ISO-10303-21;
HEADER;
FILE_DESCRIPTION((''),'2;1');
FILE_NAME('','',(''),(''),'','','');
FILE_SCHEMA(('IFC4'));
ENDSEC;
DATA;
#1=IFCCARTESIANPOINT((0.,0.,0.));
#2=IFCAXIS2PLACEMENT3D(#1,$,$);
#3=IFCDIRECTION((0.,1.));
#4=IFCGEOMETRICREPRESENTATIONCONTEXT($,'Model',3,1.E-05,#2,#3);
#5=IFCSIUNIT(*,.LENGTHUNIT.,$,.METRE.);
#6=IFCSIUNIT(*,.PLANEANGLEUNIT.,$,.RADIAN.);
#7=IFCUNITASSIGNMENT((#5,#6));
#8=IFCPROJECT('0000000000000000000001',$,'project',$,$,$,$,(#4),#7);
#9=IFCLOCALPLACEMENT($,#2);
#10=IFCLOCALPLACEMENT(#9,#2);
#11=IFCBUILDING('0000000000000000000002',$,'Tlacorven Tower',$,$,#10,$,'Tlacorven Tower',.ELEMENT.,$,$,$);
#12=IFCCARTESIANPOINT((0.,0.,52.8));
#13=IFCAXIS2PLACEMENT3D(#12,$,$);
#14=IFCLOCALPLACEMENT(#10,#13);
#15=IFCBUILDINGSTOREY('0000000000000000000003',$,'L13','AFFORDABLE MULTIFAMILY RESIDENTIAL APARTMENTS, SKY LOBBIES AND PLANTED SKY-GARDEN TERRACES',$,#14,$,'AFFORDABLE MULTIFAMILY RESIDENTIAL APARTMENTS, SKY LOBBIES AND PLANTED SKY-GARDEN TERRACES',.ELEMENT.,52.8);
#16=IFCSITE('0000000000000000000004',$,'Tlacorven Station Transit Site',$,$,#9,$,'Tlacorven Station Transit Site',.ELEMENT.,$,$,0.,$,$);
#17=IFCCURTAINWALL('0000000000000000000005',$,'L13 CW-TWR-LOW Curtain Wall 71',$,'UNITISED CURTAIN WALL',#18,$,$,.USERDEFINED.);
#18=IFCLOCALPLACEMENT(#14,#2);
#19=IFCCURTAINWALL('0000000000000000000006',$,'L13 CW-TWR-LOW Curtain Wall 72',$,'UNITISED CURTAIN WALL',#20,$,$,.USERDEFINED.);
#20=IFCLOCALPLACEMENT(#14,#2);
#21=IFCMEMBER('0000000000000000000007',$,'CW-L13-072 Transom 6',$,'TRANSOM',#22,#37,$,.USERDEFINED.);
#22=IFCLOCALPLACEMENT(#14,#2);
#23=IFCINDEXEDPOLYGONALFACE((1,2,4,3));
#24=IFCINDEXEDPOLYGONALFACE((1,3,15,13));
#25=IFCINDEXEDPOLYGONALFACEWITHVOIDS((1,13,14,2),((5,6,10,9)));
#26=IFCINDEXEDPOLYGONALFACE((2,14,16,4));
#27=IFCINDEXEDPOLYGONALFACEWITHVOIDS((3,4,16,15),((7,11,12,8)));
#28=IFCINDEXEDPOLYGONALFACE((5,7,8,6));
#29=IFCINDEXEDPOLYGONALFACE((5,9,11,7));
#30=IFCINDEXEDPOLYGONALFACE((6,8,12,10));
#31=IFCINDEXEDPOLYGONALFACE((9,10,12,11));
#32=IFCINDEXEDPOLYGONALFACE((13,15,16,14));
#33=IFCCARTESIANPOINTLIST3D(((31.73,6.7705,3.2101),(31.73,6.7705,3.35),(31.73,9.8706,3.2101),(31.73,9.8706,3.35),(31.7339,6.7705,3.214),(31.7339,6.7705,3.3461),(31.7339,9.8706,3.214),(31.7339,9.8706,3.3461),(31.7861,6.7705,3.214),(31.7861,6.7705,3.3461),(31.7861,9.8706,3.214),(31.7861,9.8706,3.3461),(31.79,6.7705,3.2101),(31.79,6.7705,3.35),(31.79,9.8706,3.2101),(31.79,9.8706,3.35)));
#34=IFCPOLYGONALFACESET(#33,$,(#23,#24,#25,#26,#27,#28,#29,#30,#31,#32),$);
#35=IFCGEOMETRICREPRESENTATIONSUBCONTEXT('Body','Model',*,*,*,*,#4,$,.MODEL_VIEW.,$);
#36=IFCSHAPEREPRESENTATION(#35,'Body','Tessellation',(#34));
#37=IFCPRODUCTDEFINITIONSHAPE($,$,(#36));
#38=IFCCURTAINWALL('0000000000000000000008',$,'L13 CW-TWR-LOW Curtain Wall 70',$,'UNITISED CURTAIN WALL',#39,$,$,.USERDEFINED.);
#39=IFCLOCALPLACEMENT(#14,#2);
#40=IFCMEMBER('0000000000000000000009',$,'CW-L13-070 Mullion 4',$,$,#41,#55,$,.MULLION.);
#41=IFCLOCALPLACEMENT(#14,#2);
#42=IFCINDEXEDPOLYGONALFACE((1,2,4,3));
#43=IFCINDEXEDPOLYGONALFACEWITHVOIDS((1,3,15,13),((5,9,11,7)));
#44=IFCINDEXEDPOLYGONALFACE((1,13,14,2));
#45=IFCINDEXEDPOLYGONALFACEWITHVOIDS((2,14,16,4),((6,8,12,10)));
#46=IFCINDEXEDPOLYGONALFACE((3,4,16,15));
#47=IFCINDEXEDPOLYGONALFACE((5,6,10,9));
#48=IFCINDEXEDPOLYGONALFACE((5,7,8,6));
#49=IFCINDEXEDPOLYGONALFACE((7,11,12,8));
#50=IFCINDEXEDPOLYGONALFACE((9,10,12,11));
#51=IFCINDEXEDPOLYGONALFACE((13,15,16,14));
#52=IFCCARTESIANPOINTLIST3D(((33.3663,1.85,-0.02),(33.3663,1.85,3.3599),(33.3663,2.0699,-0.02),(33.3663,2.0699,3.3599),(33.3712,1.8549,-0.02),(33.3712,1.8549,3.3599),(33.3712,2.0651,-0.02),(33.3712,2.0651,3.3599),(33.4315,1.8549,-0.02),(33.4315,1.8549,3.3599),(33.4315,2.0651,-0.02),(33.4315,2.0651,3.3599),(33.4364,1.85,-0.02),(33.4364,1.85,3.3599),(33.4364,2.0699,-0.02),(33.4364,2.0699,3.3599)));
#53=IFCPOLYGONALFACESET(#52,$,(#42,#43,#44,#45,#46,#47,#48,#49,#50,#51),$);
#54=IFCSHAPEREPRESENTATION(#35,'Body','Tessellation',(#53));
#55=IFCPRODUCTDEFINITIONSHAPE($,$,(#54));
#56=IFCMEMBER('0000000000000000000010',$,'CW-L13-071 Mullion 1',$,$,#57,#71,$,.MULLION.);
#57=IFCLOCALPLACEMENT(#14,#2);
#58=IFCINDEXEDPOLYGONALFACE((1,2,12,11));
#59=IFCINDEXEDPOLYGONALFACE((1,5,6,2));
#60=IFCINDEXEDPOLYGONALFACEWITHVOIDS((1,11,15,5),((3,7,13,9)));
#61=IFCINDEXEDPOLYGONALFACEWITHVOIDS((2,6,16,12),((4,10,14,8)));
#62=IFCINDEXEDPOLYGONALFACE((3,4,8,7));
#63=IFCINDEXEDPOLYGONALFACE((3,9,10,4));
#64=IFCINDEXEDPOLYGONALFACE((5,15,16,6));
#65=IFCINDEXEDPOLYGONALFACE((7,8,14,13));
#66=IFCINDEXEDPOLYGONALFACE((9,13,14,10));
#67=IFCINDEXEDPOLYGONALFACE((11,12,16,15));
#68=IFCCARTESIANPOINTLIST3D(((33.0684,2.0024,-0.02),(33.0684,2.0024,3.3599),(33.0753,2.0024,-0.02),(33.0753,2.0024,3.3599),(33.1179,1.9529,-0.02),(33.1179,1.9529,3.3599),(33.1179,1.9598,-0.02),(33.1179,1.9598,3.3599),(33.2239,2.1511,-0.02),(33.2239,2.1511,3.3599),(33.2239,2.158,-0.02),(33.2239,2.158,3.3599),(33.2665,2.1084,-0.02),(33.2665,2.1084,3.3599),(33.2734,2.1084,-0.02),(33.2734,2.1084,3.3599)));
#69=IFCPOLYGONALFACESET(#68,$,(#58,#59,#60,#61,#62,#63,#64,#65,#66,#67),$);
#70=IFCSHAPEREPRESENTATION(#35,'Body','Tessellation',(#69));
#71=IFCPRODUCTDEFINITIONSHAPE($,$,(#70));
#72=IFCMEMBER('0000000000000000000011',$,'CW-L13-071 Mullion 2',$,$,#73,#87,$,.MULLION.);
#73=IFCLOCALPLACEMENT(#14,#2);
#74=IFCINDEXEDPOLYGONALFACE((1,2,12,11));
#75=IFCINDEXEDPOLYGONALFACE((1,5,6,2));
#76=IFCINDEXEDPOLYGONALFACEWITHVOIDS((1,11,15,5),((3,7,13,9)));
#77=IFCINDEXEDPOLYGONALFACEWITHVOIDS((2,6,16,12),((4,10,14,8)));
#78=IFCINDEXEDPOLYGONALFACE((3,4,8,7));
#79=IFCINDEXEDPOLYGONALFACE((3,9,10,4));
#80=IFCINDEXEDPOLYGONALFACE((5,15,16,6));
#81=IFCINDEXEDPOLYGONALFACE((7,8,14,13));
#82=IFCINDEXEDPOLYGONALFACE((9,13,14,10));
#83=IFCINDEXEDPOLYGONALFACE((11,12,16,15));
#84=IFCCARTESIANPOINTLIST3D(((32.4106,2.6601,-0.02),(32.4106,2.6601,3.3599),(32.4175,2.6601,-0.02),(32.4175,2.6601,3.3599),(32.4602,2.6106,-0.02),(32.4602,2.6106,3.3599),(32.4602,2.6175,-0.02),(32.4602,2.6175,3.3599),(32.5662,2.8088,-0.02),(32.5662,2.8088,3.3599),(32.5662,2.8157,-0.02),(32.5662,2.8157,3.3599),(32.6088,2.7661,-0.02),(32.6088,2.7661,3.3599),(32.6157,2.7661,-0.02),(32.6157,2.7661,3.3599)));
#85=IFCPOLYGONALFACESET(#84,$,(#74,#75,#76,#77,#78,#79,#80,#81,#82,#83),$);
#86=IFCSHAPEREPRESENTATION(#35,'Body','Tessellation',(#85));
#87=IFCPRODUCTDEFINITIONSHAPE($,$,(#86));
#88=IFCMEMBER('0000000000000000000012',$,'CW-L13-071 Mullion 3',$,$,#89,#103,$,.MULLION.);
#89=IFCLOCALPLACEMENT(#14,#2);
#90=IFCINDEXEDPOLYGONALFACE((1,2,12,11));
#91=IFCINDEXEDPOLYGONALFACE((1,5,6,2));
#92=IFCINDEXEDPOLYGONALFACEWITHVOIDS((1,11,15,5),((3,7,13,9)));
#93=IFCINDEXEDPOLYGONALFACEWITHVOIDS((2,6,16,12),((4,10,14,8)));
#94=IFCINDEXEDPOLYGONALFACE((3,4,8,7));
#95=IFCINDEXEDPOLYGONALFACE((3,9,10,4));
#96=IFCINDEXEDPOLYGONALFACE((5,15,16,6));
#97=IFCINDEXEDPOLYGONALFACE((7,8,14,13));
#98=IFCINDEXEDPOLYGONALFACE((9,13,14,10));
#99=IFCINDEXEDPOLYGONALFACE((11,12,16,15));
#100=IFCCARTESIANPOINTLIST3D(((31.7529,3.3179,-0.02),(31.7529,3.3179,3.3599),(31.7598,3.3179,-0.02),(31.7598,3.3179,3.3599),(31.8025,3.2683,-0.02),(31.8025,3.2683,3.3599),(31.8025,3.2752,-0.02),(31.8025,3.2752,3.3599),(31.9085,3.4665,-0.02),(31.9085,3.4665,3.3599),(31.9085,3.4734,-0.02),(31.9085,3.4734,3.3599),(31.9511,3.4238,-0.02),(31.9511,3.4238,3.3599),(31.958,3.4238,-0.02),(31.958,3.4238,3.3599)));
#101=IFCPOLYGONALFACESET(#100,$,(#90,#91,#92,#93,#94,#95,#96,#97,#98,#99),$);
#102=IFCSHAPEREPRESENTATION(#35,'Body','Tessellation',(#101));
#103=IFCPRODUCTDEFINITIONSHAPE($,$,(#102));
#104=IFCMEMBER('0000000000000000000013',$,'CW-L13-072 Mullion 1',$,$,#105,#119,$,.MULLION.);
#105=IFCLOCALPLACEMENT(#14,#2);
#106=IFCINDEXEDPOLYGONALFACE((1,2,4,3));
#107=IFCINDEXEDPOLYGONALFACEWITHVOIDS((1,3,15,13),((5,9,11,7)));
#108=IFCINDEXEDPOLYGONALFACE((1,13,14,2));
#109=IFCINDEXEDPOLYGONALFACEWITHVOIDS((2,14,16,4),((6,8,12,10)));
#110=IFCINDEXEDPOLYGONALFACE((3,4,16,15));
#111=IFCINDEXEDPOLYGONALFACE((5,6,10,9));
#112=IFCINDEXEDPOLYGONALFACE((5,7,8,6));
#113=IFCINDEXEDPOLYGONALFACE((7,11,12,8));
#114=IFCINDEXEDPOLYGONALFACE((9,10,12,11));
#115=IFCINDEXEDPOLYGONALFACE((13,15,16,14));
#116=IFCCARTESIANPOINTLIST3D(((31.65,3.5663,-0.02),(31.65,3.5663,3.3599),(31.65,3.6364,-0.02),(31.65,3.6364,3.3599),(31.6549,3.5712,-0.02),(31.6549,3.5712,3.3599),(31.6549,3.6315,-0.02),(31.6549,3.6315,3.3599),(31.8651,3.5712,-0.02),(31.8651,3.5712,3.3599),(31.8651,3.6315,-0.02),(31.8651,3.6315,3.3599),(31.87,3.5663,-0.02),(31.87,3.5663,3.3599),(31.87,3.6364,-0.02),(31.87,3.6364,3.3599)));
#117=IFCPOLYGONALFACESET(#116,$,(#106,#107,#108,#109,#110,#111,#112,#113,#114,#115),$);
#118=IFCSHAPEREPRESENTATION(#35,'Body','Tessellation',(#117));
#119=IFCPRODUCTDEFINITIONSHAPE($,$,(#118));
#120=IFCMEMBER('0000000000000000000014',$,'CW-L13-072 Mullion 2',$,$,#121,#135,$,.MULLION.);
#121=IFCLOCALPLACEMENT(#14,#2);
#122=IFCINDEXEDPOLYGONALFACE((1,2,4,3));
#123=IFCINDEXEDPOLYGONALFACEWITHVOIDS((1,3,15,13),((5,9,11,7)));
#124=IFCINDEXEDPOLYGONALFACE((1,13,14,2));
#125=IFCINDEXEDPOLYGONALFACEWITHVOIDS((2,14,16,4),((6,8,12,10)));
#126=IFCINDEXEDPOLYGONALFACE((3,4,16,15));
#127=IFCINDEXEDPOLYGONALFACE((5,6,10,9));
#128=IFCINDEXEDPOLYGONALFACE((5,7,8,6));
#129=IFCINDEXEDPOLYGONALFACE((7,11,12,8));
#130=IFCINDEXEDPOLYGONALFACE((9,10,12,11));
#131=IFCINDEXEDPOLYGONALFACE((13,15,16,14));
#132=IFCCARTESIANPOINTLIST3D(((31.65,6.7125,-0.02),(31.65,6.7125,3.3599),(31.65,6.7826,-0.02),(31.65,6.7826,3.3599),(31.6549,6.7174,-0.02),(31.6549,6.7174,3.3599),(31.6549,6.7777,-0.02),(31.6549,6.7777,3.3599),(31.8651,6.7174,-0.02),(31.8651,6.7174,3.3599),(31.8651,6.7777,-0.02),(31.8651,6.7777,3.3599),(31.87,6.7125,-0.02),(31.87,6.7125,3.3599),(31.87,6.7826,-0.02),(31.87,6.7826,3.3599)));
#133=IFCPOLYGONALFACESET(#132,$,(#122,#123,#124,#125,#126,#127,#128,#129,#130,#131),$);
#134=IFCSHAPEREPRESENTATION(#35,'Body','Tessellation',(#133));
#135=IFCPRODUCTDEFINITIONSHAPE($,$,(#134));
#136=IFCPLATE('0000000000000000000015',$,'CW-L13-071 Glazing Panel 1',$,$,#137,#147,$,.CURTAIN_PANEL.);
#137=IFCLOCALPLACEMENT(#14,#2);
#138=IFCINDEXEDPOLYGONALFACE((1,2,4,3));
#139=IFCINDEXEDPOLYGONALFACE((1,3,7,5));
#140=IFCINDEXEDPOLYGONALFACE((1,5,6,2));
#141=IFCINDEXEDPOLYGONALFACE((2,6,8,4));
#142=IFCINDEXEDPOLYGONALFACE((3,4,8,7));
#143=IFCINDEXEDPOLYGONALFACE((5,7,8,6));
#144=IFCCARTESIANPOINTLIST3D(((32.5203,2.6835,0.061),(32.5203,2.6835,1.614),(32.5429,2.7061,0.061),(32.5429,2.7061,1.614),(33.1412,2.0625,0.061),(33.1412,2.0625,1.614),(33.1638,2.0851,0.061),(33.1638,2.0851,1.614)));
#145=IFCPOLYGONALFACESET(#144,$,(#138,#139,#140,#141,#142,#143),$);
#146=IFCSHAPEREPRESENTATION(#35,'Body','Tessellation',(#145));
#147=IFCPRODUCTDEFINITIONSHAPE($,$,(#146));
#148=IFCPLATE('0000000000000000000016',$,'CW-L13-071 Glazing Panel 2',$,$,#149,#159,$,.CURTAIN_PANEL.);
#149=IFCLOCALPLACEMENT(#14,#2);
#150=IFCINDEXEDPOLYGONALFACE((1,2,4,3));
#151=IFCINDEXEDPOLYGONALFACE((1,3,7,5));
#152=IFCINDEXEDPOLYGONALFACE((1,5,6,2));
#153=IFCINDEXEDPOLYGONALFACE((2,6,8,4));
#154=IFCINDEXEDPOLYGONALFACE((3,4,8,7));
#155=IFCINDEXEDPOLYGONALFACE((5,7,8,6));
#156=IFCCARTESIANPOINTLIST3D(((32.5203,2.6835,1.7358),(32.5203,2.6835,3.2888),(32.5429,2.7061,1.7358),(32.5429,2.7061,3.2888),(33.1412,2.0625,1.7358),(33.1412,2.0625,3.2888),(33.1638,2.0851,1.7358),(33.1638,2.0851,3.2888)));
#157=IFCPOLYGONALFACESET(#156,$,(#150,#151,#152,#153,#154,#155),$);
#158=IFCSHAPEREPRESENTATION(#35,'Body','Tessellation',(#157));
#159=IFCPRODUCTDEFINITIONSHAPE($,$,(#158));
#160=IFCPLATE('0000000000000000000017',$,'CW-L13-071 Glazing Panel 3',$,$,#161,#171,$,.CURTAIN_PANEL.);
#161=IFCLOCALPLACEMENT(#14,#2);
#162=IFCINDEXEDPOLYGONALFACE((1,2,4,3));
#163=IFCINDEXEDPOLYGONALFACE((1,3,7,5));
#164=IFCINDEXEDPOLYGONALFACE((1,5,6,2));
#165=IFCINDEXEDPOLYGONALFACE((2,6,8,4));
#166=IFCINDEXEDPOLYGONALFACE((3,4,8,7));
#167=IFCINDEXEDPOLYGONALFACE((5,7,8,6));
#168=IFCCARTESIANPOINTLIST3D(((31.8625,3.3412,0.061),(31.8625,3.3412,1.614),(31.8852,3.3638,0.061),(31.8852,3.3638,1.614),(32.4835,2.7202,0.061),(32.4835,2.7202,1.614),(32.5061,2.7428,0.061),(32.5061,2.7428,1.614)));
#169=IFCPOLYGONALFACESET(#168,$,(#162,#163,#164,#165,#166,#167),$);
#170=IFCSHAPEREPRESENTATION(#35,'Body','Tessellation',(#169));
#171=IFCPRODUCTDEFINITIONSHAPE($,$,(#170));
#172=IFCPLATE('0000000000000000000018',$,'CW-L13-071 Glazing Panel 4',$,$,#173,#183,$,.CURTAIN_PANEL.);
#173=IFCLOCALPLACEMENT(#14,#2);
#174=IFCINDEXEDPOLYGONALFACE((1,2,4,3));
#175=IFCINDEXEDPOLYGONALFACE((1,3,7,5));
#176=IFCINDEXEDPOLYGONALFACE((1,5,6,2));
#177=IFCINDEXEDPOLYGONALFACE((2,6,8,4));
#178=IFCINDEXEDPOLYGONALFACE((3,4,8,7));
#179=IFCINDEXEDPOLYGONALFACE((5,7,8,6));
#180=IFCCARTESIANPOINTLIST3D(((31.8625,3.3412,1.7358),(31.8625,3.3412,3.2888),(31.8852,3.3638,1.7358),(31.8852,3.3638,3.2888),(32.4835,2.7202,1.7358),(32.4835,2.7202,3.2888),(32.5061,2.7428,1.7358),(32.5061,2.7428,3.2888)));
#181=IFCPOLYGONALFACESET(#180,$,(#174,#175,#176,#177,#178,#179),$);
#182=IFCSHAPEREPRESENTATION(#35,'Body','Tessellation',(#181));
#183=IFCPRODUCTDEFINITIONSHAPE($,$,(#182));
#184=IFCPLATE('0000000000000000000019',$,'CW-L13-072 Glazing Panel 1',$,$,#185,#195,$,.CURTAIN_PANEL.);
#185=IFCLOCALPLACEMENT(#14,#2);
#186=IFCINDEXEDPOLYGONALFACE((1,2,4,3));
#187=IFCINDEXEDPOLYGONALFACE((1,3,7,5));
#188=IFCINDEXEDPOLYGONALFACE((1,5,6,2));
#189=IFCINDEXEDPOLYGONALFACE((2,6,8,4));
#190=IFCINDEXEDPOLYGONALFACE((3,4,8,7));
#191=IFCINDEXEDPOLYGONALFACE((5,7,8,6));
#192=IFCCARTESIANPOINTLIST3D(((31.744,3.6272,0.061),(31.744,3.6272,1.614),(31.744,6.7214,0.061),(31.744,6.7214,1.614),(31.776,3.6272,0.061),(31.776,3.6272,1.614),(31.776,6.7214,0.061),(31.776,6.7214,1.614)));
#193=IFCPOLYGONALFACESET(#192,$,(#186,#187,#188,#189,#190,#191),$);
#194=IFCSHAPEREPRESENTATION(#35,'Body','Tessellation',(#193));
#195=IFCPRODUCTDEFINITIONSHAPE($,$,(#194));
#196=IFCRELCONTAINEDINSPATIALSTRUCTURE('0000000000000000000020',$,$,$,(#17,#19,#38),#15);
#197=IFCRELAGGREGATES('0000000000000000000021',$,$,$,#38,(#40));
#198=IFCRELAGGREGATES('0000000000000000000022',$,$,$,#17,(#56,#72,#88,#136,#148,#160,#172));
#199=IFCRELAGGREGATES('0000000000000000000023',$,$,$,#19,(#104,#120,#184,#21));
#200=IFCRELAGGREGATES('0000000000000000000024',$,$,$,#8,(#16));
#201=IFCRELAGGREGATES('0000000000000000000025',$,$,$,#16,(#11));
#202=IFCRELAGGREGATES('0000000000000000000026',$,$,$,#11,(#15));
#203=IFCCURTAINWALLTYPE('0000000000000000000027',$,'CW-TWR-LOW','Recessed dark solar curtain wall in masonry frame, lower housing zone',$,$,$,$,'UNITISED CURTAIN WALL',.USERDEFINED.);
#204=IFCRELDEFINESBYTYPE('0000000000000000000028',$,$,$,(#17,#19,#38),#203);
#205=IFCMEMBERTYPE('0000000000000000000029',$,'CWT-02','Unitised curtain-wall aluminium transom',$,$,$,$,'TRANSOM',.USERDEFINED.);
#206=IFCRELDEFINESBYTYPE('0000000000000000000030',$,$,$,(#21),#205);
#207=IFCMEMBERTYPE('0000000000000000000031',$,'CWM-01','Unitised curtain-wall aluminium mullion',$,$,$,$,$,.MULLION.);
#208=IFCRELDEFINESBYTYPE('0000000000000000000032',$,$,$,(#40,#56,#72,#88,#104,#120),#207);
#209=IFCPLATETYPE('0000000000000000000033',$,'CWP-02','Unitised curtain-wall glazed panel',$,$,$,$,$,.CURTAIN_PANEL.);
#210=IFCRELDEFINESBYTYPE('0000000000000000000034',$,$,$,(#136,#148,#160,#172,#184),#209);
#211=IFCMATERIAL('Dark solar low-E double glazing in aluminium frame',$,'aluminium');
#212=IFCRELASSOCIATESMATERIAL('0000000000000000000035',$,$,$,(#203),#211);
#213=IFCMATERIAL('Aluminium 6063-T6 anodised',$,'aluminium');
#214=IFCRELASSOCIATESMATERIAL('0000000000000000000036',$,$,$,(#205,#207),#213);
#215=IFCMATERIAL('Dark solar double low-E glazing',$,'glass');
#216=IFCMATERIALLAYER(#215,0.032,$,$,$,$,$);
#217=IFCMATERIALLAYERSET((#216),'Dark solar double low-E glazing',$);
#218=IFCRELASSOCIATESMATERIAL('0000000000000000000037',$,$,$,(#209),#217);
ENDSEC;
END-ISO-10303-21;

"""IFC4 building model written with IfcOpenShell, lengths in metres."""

from ifc_helpers import new_model, si_unit, direction, frame, origin, origin_2d, place, context, subcontext, project, spatial, rectangle, hollow_rectangle, extrude, source, transform, mapped, material, layer, layer_set, material_profile, profile_set, type_object, element, aggregate, save


model = new_model("IFC4")

# Units and contexts
model_context = context("Model", 3, precision=1e-05, world=origin(), true_north=direction((0.0, 1.0)))
body_context = subcontext(model_context, "Body", "Model", "MODEL_VIEW")
ifc_project = project(units=[si_unit("LENGTHUNIT", "METRE"), si_unit("PLANEANGLEUNIT", "RADIAN")], contexts=[model_context])

# Site, building, storey
site_placement = place(None, origin())
site = spatial("IfcSite", under=ifc_project, at=site_placement, Name="Tlacorven Station Transit Site", LongName="Tlacorven Station Transit Site", CompositionType="ELEMENT", RefElevation=0.0)
building_placement = place(site_placement, origin())
building = spatial("IfcBuilding", under=site, at=building_placement, Name="Tlacorven Tower", LongName="Tlacorven Tower", CompositionType="ELEMENT")
storey_placement = place(building_placement, frame((0.0, 0.0, 52.8)))
storey = spatial("IfcBuildingStorey", under=building, at=storey_placement, Name="L13", Description="AFFORDABLE MULTIFAMILY RESIDENTIAL APARTMENTS, SKY LOBBIES AND PLANTED SKY-GARDEN TERRACES", LongName="AFFORDABLE MULTIFAMILY RESIDENTIAL APARTMENTS, SKY LOBBIES AND PLANTED SKY-GARDEN TERRACES", CompositionType="ELEMENT", Elevation=52.8)

# Curtain walls, member
ifc_material_1 = material(Name="Dark solar low-E double glazing in aluminium frame", Category="aluminium")
curtain_wall_type = type_object("IfcCurtainWallType", Name="CW-TWR-LOW", Description="Recessed dark solar curtain wall in masonry frame, lower housing zone", ElementType="UNITISED CURTAIN WALL", PredefinedType="USERDEFINED", material=ifc_material_1)
curtain_wall_1_placement = place(storey_placement, origin())
curtain_wall_1 = element("IfcCurtainWall", 1, at=curtain_wall_1_placement, inside=storey, type_object=curtain_wall_type, Name="L13 CW-TWR-LOW Curtain Wall 71", ObjectType="UNITISED CURTAIN WALL", PredefinedType="USERDEFINED")
ifc_material_2 = material(Name="Aluminium 6063-T6 anodised", Category="aluminium")
ifc_material_profile_1 = material_profile(ifc_material_2, hollow_rectangle(XDim=0.0601, YDim=0.1399, WallThickness=0.0039, at=origin_2d()), Name="ALU TRANSOM 60X140")
ifc_profile_set_1 = profile_set([ifc_material_profile_1], Name="Aluminium 6063-T6 anodised")
member_type_1 = type_object("IfcMemberType", Name="CWT-02", Description="Unitised curtain-wall aluminium transom", ElementType="TRANSOM", PredefinedType="USERDEFINED", material=ifc_profile_set_1)
curtain_wall_2_placement = place(storey_placement, origin())
curtain_wall_2 = element("IfcCurtainWall", 2, at=curtain_wall_2_placement, inside=storey, type_object=curtain_wall_type, Name="L13 CW-TWR-LOW Curtain Wall 72", ObjectType="UNITISED CURTAIN WALL", PredefinedType="USERDEFINED")
shared_shape_1 = source(origin(), body_context, "Body", "SweptSolid", [
    extrude(hollow_rectangle(XDim=0.0601, YDim=0.1399, WallThickness=0.0039, at=origin_2d()), origin(), (0.0, 0.0, 1.0), 3.1001),
])
member_1_placement = place(storey_placement, frame((31.76, 6.7705, 3.28), z_axis=(0.0, 1.0, 0.0), x_axis=(-1.0, 0.0, 0.0)))
member_1 = element("IfcMember", 3, at=member_1_placement, type_object=member_type_1, Name="CW-L13-072 Transom 6", ObjectType="TRANSOM", PredefinedType="USERDEFINED", context=body_context, shape_type="MappedRepresentation", body=[
    mapped(shared_shape_1, transform((0.0, 0.0, 0.0), scale=1.0)),
])

# Curtain wall, member
curtain_wall_3_placement = place(storey_placement, origin())
curtain_wall_3 = element("IfcCurtainWall", 4, at=curtain_wall_3_placement, inside=storey, type_object=curtain_wall_type, Name="L13 CW-TWR-LOW Curtain Wall 70", ObjectType="UNITISED CURTAIN WALL", PredefinedType="USERDEFINED")
ifc_material_profile_2 = material_profile(ifc_material_2, hollow_rectangle(XDim=0.0701, YDim=0.22, WallThickness=0.0049, at=origin_2d()), Name="ALU MULLION 70X220")
ifc_profile_set_2 = profile_set([ifc_material_profile_2], Name="Aluminium 6063-T6 anodised")
member_type_2 = type_object("IfcMemberType", Name="CWM-01", Description="Unitised curtain-wall aluminium mullion", PredefinedType="MULLION", material=ifc_profile_set_2)
shared_shape_2 = source(origin(), body_context, "Body", "SweptSolid", [
    extrude(hollow_rectangle(XDim=0.0701, YDim=0.22, WallThickness=0.0049, at=origin_2d()), origin(), (0.0, 0.0, 1.0), 3.3799),
])
member_2_placement = place(storey_placement, frame((33.4014, 1.96, -0.02), z_axis=(0.0, 0.0, 1.0), x_axis=(-1.0, 0.0, 0.0)))
member_2 = element("IfcMember", 5, at=member_2_placement, type_object=member_type_2, Name="CW-L13-070 Mullion 4", PredefinedType="MULLION", context=body_context, shape_type="MappedRepresentation", body=[
    mapped(shared_shape_2, transform((0.0, 0.0, 0.0), scale=1.0)),
])
aggregate(curtain_wall_3, [member_2])

# Members
member_3_placement = place(storey_placement, frame((33.1709, 2.0554, -0.02), z_axis=(0.0, 0.0, 1.0), x_axis=(-0.707107, 0.707107, 0.0)))
member_3 = element("IfcMember", 6, at=member_3_placement, type_object=member_type_2, Name="CW-L13-071 Mullion 1", PredefinedType="MULLION", context=body_context, shape_type="MappedRepresentation", body=[
    mapped(shared_shape_2, transform((0.0, 0.0, 0.0), scale=1.0)),
])
member_4_placement = place(storey_placement, frame((32.5132, 2.7131, -0.02), z_axis=(0.0, 0.0, 1.0), x_axis=(-0.707107, 0.707107, 0.0)))
member_4 = element("IfcMember", 7, at=member_4_placement, type_object=member_type_2, Name="CW-L13-071 Mullion 2", PredefinedType="MULLION", context=body_context, shape_type="MappedRepresentation", body=[
    mapped(shared_shape_2, transform((0.0, 0.0, 0.0), scale=1.0)),
])
member_5_placement = place(storey_placement, frame((31.8555, 3.3708, -0.02), z_axis=(0.0, 0.0, 1.0), x_axis=(-0.707107, 0.707107, 0.0)))
member_5 = element("IfcMember", 8, at=member_5_placement, type_object=member_type_2, Name="CW-L13-071 Mullion 3", PredefinedType="MULLION", context=body_context, shape_type="MappedRepresentation", body=[
    mapped(shared_shape_2, transform((0.0, 0.0, 0.0), scale=1.0)),
])
member_6_placement = place(storey_placement, frame((31.76, 3.6013, -0.02), z_axis=(0.0, 0.0, 1.0), x_axis=(0.0, 1.0, 0.0)))
member_6 = element("IfcMember", 9, at=member_6_placement, type_object=member_type_2, Name="CW-L13-072 Mullion 1", PredefinedType="MULLION", context=body_context, shape_type="MappedRepresentation", body=[
    mapped(shared_shape_2, transform((0.0, 0.0, 0.0), scale=1.0)),
])
member_7_placement = place(storey_placement, frame((31.76, 6.7476, -0.02), z_axis=(0.0, 0.0, 1.0), x_axis=(0.0, 1.0, 0.0)))
member_7 = element("IfcMember", 10, at=member_7_placement, type_object=member_type_2, Name="CW-L13-072 Mullion 2", PredefinedType="MULLION", context=body_context, shape_type="MappedRepresentation", body=[
    mapped(shared_shape_2, transform((0.0, 0.0, 0.0), scale=1.0)),
])

# Plates
ifc_material_3 = material(Name="Dark solar double low-E glazing", Category="glass")
ifc_layer = layer(ifc_material_3, 0.032)
ifc_layer_set = layer_set([ifc_layer], Name="Dark solar double low-E glazing")
plate_type = type_object("IfcPlateType", Name="CWP-02", Description="Unitised curtain-wall glazed panel", PredefinedType="CURTAIN_PANEL", material=ifc_layer_set)
shared_shape_3 = source(origin(), body_context, "Body", "SweptSolid", [
    extrude(rectangle(XDim=0.8782, YDim=0.032, at=origin_2d()), origin(), (0.0, 0.0, 1.0), 1.553),
])
plate_1_placement = place(storey_placement, frame((32.842, 2.3843, 0.061), z_axis=(0.0, 0.0, 1.0), x_axis=(-0.707107, 0.707107, 0.0)))
plate_1 = element("IfcPlate", 11, at=plate_1_placement, type_object=plate_type, Name="CW-L13-071 Glazing Panel 1", PredefinedType="CURTAIN_PANEL", context=body_context, shape_type="MappedRepresentation", body=[
    mapped(shared_shape_3, transform((0.0, 0.0, 0.0), scale=1.0)),
])
plate_2_placement = place(storey_placement, frame((32.842, 2.3843, 1.7358), z_axis=(0.0, 0.0, 1.0), x_axis=(-0.707107, 0.707107, 0.0)))
plate_2 = element("IfcPlate", 12, at=plate_2_placement, type_object=plate_type, Name="CW-L13-071 Glazing Panel 2", PredefinedType="CURTAIN_PANEL", context=body_context, shape_type="MappedRepresentation", body=[
    mapped(shared_shape_3, transform((0.0, 0.0, 0.0), scale=1.0)),
])
plate_3_placement = place(storey_placement, frame((32.1843, 3.042, 0.061), z_axis=(0.0, 0.0, 1.0), x_axis=(-0.707107, 0.707107, 0.0)))
plate_3 = element("IfcPlate", 13, at=plate_3_placement, type_object=plate_type, Name="CW-L13-071 Glazing Panel 3", PredefinedType="CURTAIN_PANEL", context=body_context, shape_type="MappedRepresentation", body=[
    mapped(shared_shape_3, transform((0.0, 0.0, 0.0), scale=1.0)),
])
plate_4_placement = place(storey_placement, frame((32.1843, 3.042, 1.7358), z_axis=(0.0, 0.0, 1.0), x_axis=(-0.707107, 0.707107, 0.0)))
plate_4 = element("IfcPlate", 14, at=plate_4_placement, type_object=plate_type, Name="CW-L13-071 Glazing Panel 4", PredefinedType="CURTAIN_PANEL", context=body_context, shape_type="MappedRepresentation", body=[
    mapped(shared_shape_3, transform((0.0, 0.0, 0.0), scale=1.0)),
])
aggregate(curtain_wall_1, [member_3, member_4, member_5, plate_1, plate_2, plate_3, plate_4])
shared_shape_4 = source(origin(), body_context, "Body", "SweptSolid", [
    extrude(rectangle(XDim=3.0942, YDim=0.032, at=origin_2d()), origin(), (0.0, 0.0, 1.0), 1.553),
])
plate_5_placement = place(storey_placement, frame((31.76, 5.1743, 0.061), z_axis=(0.0, 0.0, 1.0), x_axis=(0.0, 1.0, 0.0)))
plate_5 = element("IfcPlate", 15, at=plate_5_placement, type_object=plate_type, Name="CW-L13-072 Glazing Panel 1", PredefinedType="CURTAIN_PANEL", context=body_context, shape_type="MappedRepresentation", body=[
    mapped(shared_shape_4, transform((0.0, 0.0, 0.0), scale=1.0)),
])
aggregate(curtain_wall_2, [member_6, member_7, plate_5, member_1])

save(model, "model.ifc")
